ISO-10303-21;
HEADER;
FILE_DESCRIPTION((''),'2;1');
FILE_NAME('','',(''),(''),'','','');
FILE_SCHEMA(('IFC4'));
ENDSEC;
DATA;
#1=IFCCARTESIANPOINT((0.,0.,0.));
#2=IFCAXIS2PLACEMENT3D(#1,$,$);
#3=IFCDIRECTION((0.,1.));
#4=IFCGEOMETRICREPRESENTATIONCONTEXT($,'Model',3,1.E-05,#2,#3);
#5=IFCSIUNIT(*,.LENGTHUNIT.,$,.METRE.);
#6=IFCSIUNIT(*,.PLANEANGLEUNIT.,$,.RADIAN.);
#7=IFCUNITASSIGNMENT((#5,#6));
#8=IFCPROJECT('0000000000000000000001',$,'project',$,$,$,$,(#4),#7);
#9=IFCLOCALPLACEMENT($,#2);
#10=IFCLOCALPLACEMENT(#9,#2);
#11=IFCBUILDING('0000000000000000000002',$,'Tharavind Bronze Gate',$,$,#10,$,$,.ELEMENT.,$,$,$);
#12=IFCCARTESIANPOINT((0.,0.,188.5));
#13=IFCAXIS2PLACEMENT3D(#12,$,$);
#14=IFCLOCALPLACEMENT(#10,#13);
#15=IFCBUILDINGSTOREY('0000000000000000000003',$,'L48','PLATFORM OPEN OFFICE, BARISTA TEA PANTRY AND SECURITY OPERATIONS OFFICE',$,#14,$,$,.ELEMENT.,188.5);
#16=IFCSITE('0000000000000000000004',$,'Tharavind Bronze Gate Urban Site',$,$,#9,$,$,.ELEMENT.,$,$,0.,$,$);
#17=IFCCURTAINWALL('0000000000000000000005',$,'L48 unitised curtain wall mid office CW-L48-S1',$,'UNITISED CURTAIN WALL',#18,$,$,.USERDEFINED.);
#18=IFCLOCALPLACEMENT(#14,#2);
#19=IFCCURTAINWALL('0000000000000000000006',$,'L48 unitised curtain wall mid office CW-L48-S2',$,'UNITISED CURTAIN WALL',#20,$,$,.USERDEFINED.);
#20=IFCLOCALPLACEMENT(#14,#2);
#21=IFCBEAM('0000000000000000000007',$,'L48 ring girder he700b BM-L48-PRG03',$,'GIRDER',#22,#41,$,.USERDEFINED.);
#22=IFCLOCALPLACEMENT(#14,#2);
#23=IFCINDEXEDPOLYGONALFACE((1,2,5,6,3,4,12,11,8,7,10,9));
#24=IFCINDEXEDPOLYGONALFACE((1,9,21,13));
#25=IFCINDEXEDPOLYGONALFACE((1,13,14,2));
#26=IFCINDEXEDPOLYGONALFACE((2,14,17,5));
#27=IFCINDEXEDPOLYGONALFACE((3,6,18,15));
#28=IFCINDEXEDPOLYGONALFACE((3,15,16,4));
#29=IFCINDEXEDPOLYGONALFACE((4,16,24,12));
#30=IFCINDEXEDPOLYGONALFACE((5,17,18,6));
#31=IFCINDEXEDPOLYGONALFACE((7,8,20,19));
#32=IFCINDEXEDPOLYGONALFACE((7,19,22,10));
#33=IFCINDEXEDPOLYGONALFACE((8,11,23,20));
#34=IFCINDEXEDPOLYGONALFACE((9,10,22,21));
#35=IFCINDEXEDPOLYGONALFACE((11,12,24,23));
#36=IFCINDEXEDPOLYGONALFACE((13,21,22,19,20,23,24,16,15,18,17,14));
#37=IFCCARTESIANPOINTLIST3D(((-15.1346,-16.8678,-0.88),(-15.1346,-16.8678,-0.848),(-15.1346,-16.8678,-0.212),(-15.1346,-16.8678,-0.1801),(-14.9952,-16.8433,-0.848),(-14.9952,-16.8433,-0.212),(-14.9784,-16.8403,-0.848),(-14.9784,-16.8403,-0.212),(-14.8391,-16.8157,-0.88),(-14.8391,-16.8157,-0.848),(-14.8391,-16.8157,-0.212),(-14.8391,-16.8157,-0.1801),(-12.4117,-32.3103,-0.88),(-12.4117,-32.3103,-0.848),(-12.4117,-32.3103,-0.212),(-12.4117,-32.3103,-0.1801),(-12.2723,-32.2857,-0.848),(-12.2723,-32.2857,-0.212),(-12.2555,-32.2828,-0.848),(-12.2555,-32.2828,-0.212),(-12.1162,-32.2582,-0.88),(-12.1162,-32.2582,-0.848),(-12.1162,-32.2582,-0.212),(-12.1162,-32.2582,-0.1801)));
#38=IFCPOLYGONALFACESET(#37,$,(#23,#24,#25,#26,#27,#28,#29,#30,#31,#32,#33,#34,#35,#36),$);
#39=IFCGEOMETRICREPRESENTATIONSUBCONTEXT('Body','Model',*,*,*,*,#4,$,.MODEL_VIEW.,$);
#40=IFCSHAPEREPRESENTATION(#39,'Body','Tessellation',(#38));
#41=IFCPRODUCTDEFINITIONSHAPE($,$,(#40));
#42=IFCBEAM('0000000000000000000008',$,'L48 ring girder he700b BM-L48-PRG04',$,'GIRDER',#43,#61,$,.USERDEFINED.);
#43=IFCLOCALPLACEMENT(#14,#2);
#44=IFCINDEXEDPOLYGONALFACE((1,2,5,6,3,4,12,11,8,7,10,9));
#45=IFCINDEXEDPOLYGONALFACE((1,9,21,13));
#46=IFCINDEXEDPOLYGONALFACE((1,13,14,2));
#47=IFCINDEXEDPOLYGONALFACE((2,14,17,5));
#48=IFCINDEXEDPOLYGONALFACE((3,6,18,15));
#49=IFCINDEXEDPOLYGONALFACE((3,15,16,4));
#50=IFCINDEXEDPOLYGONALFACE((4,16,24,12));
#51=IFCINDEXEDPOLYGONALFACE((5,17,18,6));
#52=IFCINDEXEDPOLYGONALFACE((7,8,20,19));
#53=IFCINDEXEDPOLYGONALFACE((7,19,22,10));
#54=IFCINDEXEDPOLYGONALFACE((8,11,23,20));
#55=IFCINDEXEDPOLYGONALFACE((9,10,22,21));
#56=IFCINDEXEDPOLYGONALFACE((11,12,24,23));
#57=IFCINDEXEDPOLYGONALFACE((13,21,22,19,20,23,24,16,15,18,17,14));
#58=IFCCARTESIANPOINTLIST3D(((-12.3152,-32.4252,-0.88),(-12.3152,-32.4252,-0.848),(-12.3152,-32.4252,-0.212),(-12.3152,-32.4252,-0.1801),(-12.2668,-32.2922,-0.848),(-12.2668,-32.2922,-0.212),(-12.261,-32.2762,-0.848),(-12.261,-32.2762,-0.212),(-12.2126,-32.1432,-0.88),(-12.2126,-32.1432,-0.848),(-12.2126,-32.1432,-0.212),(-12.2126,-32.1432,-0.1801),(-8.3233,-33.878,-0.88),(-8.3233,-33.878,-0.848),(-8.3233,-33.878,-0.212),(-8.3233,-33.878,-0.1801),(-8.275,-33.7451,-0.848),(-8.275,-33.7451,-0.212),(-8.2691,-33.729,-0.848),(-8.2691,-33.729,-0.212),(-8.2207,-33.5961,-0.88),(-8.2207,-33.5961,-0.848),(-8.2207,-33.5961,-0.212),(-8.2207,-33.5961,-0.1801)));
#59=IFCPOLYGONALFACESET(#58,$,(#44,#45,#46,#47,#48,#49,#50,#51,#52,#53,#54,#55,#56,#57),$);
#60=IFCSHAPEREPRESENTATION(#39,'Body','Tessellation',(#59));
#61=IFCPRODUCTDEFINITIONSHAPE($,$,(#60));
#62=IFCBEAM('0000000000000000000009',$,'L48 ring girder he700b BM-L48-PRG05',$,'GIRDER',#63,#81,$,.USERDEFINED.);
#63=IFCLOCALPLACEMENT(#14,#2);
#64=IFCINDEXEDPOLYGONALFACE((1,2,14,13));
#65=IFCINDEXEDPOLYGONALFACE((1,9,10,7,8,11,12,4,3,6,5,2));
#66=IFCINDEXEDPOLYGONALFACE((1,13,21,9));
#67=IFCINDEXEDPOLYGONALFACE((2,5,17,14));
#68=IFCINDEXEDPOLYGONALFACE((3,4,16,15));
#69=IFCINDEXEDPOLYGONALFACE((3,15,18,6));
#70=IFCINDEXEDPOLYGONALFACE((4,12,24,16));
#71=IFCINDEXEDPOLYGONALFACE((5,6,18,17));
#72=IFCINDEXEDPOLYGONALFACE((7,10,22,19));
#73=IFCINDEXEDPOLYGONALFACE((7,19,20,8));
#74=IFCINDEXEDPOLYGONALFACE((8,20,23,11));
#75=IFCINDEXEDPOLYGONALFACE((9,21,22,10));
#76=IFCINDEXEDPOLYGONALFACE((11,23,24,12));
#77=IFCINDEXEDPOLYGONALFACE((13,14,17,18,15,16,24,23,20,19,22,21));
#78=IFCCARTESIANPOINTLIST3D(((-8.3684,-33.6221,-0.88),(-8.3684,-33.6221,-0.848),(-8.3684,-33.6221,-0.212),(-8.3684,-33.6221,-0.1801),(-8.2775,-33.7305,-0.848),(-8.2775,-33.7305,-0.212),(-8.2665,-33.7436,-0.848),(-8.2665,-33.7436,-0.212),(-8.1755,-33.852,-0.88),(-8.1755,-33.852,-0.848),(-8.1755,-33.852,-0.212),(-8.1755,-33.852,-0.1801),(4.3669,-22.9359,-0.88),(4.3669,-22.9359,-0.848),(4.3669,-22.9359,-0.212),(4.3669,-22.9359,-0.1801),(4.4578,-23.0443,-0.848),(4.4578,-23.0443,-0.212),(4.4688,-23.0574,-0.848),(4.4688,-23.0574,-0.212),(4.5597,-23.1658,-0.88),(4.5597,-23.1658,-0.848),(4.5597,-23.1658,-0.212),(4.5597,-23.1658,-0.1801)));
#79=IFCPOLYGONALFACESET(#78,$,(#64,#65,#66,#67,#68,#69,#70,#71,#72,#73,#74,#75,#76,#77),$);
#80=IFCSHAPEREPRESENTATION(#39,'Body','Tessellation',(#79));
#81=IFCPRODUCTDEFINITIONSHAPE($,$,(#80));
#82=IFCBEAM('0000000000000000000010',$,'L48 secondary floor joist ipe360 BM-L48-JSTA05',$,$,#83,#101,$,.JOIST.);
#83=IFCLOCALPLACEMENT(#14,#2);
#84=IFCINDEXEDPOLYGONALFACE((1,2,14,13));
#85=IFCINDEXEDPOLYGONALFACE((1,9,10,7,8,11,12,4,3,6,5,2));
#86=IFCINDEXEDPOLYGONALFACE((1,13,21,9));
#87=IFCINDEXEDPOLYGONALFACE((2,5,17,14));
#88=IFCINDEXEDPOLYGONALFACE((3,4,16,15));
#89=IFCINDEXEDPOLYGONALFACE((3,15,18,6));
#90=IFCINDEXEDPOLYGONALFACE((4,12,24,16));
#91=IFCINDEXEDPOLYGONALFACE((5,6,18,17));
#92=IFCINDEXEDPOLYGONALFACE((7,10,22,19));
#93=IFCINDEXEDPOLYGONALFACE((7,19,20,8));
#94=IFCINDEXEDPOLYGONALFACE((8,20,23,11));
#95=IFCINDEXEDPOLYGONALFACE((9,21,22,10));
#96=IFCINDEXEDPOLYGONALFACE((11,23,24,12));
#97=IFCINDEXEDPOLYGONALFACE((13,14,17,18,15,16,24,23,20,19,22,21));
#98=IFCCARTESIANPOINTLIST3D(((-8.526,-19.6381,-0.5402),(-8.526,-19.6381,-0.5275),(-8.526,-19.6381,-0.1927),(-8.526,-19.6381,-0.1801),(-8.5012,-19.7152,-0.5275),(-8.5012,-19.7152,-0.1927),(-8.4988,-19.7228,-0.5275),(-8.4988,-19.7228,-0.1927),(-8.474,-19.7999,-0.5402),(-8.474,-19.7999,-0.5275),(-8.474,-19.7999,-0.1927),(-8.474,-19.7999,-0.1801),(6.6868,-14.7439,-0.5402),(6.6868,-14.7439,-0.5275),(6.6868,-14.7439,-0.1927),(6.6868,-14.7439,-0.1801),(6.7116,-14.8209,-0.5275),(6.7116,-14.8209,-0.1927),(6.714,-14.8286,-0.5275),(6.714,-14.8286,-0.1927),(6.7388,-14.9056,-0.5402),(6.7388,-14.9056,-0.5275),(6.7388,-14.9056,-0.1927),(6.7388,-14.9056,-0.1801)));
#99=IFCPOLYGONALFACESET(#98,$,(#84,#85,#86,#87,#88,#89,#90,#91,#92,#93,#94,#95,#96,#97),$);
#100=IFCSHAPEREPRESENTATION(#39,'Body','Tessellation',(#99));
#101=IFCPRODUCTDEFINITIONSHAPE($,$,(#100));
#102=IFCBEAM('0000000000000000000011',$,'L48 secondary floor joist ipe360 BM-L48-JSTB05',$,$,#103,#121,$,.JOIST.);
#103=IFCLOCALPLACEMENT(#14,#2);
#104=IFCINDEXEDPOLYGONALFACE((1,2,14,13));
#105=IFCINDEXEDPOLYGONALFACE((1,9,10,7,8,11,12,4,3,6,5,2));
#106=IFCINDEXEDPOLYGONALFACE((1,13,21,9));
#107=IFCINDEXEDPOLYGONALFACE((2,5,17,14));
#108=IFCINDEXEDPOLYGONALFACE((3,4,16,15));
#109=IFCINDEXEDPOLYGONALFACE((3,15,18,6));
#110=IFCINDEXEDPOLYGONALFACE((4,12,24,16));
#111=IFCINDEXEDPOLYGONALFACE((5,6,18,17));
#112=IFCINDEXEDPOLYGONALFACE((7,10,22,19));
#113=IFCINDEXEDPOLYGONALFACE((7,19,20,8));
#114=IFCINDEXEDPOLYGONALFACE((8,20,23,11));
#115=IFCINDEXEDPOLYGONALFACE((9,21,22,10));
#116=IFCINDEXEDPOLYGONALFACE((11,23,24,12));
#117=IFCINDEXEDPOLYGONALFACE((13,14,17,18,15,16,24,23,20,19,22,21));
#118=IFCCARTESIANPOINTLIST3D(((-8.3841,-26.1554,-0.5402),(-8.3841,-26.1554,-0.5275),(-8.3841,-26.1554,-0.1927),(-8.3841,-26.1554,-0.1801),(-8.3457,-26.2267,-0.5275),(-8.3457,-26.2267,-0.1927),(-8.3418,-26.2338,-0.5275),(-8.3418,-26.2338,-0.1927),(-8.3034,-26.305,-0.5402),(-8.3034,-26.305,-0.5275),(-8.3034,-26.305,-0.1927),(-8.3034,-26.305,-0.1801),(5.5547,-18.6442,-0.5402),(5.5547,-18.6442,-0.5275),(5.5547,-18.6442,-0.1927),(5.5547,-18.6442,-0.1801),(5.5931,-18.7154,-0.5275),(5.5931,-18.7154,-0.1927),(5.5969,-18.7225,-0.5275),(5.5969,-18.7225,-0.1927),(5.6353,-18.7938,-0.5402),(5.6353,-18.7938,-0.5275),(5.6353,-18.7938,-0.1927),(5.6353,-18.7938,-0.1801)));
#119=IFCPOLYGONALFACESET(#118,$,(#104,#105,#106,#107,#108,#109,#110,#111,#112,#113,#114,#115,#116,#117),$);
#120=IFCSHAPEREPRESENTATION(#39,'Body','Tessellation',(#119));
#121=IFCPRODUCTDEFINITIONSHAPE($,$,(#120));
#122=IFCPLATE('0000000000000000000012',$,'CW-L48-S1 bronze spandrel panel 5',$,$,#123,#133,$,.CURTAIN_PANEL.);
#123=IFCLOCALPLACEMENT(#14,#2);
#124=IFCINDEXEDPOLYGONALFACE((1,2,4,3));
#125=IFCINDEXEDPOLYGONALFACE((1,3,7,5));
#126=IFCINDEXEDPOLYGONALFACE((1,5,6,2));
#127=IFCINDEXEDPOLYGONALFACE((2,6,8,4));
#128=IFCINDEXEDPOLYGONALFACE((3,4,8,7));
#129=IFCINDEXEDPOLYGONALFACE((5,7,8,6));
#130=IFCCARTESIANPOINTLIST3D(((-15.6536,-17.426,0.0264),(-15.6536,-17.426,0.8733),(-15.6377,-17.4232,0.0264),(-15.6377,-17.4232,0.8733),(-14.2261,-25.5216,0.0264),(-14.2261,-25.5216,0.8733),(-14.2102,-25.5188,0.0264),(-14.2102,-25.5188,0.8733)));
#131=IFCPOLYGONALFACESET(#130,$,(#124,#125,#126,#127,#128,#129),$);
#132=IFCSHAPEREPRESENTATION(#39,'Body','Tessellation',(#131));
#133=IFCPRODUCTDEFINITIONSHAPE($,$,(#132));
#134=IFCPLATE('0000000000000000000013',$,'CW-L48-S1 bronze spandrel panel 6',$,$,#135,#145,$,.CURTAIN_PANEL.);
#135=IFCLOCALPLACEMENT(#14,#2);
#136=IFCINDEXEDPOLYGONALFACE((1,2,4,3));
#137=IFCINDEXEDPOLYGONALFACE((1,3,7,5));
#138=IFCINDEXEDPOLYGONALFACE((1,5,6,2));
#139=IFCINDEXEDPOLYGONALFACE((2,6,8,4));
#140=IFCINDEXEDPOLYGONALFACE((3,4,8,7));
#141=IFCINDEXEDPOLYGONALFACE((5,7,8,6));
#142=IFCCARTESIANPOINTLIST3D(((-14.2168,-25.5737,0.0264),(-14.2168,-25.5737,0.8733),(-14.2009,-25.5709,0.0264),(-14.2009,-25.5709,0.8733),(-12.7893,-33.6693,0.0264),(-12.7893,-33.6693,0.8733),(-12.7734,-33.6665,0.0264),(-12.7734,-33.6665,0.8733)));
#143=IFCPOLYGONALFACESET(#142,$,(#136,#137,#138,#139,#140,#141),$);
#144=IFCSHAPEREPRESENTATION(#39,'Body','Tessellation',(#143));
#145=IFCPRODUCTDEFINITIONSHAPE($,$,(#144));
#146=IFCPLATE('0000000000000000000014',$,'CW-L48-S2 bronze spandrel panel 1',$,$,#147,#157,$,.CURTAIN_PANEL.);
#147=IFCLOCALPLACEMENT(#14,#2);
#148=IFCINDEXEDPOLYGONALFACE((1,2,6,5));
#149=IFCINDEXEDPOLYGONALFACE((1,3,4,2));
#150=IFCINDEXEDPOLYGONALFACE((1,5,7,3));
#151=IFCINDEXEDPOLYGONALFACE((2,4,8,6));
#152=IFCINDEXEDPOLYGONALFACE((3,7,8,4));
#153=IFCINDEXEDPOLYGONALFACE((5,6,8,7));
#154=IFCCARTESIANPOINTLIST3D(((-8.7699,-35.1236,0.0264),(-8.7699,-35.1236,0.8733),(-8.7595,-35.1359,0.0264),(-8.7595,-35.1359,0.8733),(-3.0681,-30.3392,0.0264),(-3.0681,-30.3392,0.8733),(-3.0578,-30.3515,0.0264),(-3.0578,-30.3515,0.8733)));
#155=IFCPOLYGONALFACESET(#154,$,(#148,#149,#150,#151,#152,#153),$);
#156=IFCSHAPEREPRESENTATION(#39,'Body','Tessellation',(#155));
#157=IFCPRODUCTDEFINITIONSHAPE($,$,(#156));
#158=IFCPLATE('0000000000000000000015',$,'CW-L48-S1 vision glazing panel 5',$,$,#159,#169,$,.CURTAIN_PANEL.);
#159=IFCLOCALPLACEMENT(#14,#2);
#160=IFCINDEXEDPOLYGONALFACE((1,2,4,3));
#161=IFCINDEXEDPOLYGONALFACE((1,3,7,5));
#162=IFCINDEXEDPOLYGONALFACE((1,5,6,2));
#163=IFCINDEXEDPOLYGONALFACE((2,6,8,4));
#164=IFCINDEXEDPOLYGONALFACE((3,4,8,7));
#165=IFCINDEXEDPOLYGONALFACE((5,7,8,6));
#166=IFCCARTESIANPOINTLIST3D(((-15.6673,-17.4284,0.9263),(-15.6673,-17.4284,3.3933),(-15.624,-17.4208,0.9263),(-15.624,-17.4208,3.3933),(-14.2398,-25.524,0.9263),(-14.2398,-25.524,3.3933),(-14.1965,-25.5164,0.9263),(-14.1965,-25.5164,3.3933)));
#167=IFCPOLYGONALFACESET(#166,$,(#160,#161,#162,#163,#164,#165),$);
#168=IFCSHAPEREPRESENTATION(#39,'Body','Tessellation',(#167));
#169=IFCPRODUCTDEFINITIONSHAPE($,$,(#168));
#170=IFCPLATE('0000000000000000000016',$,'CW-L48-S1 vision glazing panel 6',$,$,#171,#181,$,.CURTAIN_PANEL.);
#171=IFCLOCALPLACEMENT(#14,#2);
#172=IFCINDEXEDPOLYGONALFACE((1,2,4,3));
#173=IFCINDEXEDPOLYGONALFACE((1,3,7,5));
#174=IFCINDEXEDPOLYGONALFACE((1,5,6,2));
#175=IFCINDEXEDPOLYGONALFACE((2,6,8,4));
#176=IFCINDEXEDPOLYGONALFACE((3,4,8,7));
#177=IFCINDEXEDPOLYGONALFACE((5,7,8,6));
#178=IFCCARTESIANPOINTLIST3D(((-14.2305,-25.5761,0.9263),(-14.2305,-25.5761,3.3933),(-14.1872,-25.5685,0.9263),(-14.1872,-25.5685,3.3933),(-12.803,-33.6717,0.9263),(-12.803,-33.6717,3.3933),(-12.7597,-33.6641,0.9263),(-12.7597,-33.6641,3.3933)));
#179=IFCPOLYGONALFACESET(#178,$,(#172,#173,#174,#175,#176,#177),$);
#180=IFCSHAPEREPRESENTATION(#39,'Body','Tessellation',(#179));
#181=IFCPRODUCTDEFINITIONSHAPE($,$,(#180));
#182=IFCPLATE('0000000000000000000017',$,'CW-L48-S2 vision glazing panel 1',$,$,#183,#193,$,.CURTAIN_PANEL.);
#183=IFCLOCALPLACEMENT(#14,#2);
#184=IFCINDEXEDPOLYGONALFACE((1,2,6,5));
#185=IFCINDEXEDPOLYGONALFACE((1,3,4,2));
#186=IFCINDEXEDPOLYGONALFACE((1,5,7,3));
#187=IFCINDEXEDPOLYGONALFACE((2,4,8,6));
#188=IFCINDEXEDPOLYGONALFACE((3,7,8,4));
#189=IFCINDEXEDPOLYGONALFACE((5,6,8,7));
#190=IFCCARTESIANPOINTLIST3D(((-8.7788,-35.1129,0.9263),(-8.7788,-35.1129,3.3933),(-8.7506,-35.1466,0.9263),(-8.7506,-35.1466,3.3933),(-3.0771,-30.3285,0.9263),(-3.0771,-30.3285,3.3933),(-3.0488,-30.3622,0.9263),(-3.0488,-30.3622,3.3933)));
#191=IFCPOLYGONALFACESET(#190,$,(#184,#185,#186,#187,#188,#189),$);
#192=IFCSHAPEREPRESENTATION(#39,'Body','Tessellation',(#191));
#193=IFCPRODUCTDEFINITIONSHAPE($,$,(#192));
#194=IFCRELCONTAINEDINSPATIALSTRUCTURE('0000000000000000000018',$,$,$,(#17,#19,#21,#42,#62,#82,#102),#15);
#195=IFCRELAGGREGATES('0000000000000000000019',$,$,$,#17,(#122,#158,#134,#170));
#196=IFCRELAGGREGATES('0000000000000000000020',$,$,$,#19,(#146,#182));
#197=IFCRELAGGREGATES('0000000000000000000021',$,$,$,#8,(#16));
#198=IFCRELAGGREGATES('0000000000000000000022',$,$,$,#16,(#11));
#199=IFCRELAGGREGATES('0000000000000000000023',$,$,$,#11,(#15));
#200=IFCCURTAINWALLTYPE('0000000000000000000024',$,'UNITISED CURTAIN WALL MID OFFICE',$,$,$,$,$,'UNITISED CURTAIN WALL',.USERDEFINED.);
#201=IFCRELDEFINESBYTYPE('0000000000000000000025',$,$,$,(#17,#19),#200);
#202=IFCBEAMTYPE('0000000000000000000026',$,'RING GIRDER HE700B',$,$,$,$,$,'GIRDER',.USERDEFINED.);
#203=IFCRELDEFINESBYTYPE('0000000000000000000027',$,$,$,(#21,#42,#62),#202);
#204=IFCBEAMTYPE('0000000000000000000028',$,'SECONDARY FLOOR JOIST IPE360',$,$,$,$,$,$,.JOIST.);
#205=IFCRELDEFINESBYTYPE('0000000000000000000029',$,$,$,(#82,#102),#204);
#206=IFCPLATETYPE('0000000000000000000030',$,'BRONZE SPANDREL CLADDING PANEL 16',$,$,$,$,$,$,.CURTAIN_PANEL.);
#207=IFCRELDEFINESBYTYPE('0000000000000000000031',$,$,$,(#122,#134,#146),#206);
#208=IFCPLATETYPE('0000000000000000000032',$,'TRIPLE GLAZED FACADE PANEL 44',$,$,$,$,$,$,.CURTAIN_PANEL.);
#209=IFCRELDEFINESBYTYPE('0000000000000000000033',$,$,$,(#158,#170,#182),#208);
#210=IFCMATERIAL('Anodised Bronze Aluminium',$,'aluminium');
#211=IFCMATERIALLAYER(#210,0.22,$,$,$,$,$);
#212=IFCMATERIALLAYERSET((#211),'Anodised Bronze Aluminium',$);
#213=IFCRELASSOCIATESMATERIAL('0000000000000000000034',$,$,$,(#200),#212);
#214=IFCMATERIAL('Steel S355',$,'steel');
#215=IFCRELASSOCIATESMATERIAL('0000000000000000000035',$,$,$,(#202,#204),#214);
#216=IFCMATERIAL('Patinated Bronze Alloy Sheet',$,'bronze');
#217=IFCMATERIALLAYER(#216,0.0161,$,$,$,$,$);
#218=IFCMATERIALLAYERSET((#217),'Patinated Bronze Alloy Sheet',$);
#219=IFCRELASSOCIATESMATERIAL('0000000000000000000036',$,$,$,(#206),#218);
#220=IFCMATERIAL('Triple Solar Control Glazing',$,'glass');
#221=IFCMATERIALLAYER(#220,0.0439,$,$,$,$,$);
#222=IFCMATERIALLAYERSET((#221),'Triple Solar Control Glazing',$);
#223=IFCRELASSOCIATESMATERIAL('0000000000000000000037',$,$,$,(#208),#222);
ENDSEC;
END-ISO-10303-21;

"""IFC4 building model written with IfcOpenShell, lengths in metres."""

from ifc_helpers import new_model, si_unit, direction, frame, origin, origin_2d, place, context, subcontext, project, spatial, rectangle, i_section, extrude, material, layer, layer_set, material_profile, profile_set, type_object, element, aggregate, save


model = new_model("IFC4")

# Units and contexts
model_context = context("Model", 3, precision=1e-05, world=origin(), true_north=direction((0.0, 1.0)))
body_context = subcontext(model_context, "Body", "Model", "MODEL_VIEW")
ifc_project = project(units=[si_unit("LENGTHUNIT", "METRE"), si_unit("PLANEANGLEUNIT", "RADIAN")], contexts=[model_context])

# Site, building, storey
site_placement = place(None, origin())
site = spatial("IfcSite", under=ifc_project, at=site_placement, Name="Tharavind Bronze Gate Urban Site", CompositionType="ELEMENT", RefElevation=0.0)
building_placement = place(site_placement, origin())
building = spatial("IfcBuilding", under=site, at=building_placement, Name="Tharavind Bronze Gate", CompositionType="ELEMENT")
storey_placement = place(building_placement, frame((0.0, 0.0, 188.5)))
storey = spatial("IfcBuildingStorey", under=building, at=storey_placement, Name="L48", Description="PLATFORM OPEN OFFICE, BARISTA TEA PANTRY AND SECURITY OPERATIONS OFFICE", CompositionType="ELEMENT", Elevation=188.5)

# Curtain walls
ifc_material_1 = material(Name="Anodised Bronze Aluminium", Category="aluminium")
ifc_layer_1 = layer(ifc_material_1, 0.22)
ifc_layer_set_1 = layer_set([ifc_layer_1], Name="Anodised Bronze Aluminium")
curtain_wall_type = type_object("IfcCurtainWallType", Name="UNITISED CURTAIN WALL MID OFFICE", ElementType="UNITISED CURTAIN WALL", PredefinedType="USERDEFINED", material=ifc_layer_set_1)
curtain_wall_1_placement = place(storey_placement, origin())
curtain_wall_1 = element("IfcCurtainWall", 1, at=curtain_wall_1_placement, inside=storey, type_object=curtain_wall_type, Name="L48 unitised curtain wall mid office CW-L48-S1", ObjectType="UNITISED CURTAIN WALL", PredefinedType="USERDEFINED")
curtain_wall_2_placement = place(storey_placement, origin())
curtain_wall_2 = element("IfcCurtainWall", 2, at=curtain_wall_2_placement, inside=storey, type_object=curtain_wall_type, Name="L48 unitised curtain wall mid office CW-L48-S2", ObjectType="UNITISED CURTAIN WALL", PredefinedType="USERDEFINED")

# Beams
ifc_material_2 = material(Name="Steel S355", Category="steel")
ifc_material_profile_1 = material_profile(ifc_material_2, i_section(OverallWidth=0.3, OverallDepth=0.7, WebThickness=0.0171, FlangeThickness=0.032, at=origin_2d()), Name="HE700B")
ifc_profile_set_1 = profile_set([ifc_material_profile_1], Name="Steel S355")
beam_type_1 = type_object("IfcBeamType", Name="RING GIRDER HE700B", ElementType="GIRDER", PredefinedType="USERDEFINED", material=ifc_profile_set_1)
beam_1_placement = place(storey_placement, frame((-14.9868, -16.8418, -0.53), z_axis=(0.173648, -0.984808, 0.0), x_axis=(0.984808, 0.173648, 0.0)))
element("IfcBeam", 3, at=beam_1_placement, inside=storey, type_object=beam_type_1, Name="L48 ring girder he700b BM-L48-PRG03", ObjectType="GIRDER", PredefinedType="USERDEFINED", context=body_context, shape_type="SweptSolid", body=[
    extrude(i_section(OverallWidth=0.3, OverallDepth=0.7, WebThickness=0.0171, FlangeThickness=0.032, at=origin_2d()), origin(), (0.0, 0.0, 1.0), 15.6807),
])
beam_2_placement = place(storey_placement, frame((-12.2639, -32.2842, -0.53), z_axis=(0.939698, -0.342006, 0.0), x_axis=(0.342006, 0.939698, 0.0)))
element("IfcBeam", 4, at=beam_2_placement, inside=storey, type_object=beam_type_1, Name="L48 ring girder he700b BM-L48-PRG04", ObjectType="GIRDER", PredefinedType="USERDEFINED", context=body_context, shape_type="SweptSolid", body=[
    extrude(i_section(OverallWidth=0.3, OverallDepth=0.7, WebThickness=0.0171, FlangeThickness=0.032, at=origin_2d()), origin(), (0.0, 0.0, 1.0), 4.248),
])
beam_3_placement = place(storey_placement, frame((-8.272, -33.7371, -0.53), z_axis=(0.766043, 0.642789, 0.0), x_axis=(-0.642789, 0.766043, 0.0)))
element("IfcBeam", 5, at=beam_3_placement, inside=storey, type_object=beam_type_1, Name="L48 ring girder he700b BM-L48-PRG05", ObjectType="GIRDER", PredefinedType="USERDEFINED", context=body_context, shape_type="SweptSolid", body=[
    extrude(i_section(OverallWidth=0.3, OverallDepth=0.7, WebThickness=0.0171, FlangeThickness=0.032, at=origin_2d()), origin(), (0.0, 0.0, 1.0), 16.6248),
])
ifc_material_profile_2 = material_profile(ifc_material_2, i_section(OverallWidth=0.1699, OverallDepth=0.3601, WebThickness=0.0081, FlangeThickness=0.0127, at=origin_2d()), Name="IPE360")
ifc_profile_set_2 = profile_set([ifc_material_profile_2], Name="Steel S355")
beam_type_2 = type_object("IfcBeamType", Name="SECONDARY FLOOR JOIST IPE360", PredefinedType="JOIST", material=ifc_profile_set_2)
beam_4_placement = place(storey_placement, frame((-8.5, -19.719, -0.3601), z_axis=(0.951948, 0.30626, 0.0), x_axis=(-0.30626, 0.951948, 0.0)))
element("IfcBeam", 6, at=beam_4_placement, inside=storey, type_object=beam_type_2, Name="L48 secondary floor joist ipe360 BM-L48-JSTA05", PredefinedType="JOIST", context=body_context, shape_type="SweptSolid", body=[
    extrude(i_section(OverallWidth=0.1699, OverallDepth=0.3601, WebThickness=0.0081, FlangeThickness=0.0127, at=origin_2d()), origin(), (0.0, 0.0, 1.0), 15.9807),
])
beam_5_placement = place(storey_placement, frame((-8.3438, -26.2302, -0.3601), z_axis=(0.880319, 0.474382, 0.0), x_axis=(-0.474382, 0.880319, 0.0)))
element("IfcBeam", 7, at=beam_5_placement, inside=storey, type_object=beam_type_2, Name="L48 secondary floor joist ipe360 BM-L48-JSTB05", PredefinedType="JOIST", context=body_context, shape_type="SweptSolid", body=[
    extrude(i_section(OverallWidth=0.1699, OverallDepth=0.3601, WebThickness=0.0081, FlangeThickness=0.0127, at=origin_2d()), origin(), (0.0, 0.0, 1.0), 15.8337),
])

# Plates
ifc_material_3 = material(Name="Patinated Bronze Alloy Sheet", Category="bronze")
ifc_layer_2 = layer(ifc_material_3, 0.0161)
ifc_layer_set_2 = layer_set([ifc_layer_2], Name="Patinated Bronze Alloy Sheet")
plate_type_1 = type_object("IfcPlateType", Name="BRONZE SPANDREL CLADDING PANEL 16", PredefinedType="CURTAIN_PANEL", material=ifc_layer_set_2)
plate_1_placement = place(storey_placement, frame((-14.9319, -21.4724, 0.0264), z_axis=(0.0, 0.0, 1.0), x_axis=(0.173648, -0.984808, 0.0)))
plate_1 = element("IfcPlate", 8, at=plate_1_placement, type_object=plate_type_1, Name="CW-L48-S1 bronze spandrel panel 5", PredefinedType="CURTAIN_PANEL", context=body_context, shape_type="SweptSolid", body=[
    extrude(rectangle(XDim=8.2205, YDim=0.0161, at=origin_2d()), origin(), (0.0, 0.0, 1.0), 0.8469),
])
plate_2_placement = place(storey_placement, frame((-13.4951, -29.6201, 0.0264), z_axis=(0.0, 0.0, 1.0), x_axis=(0.173648, -0.984808, 0.0)))
plate_2 = element("IfcPlate", 9, at=plate_2_placement, type_object=plate_type_1, Name="CW-L48-S1 bronze spandrel panel 6", PredefinedType="CURTAIN_PANEL", context=body_context, shape_type="SweptSolid", body=[
    extrude(rectangle(XDim=8.2205, YDim=0.0161, at=origin_2d()), origin(), (0.0, 0.0, 1.0), 0.8469),
])
plate_3_placement = place(storey_placement, frame((-5.9138, -32.7375, 0.0264), z_axis=(0.0, 0.0, 1.0), x_axis=(0.766043, 0.642789, 0.0)))
plate_3 = element("IfcPlate", 10, at=plate_3_placement, type_object=plate_type_1, Name="CW-L48-S2 bronze spandrel panel 1", PredefinedType="CURTAIN_PANEL", context=body_context, shape_type="SweptSolid", body=[
    extrude(rectangle(XDim=7.4431, YDim=0.0161, at=origin_2d()), origin(), (0.0, 0.0, 1.0), 0.8469),
])
ifc_material_4 = material(Name="Triple Solar Control Glazing", Category="glass")
ifc_layer_3 = layer(ifc_material_4, 0.0439)
ifc_layer_set_3 = layer_set([ifc_layer_3], Name="Triple Solar Control Glazing")
plate_type_2 = type_object("IfcPlateType", Name="TRIPLE GLAZED FACADE PANEL 44", PredefinedType="CURTAIN_PANEL", material=ifc_layer_set_3)
plate_4_placement = place(storey_placement, frame((-14.9319, -21.4724, 0.9263), z_axis=(0.0, 0.0, 1.0), x_axis=(0.173648, -0.984808, 0.0)))
plate_4 = element("IfcPlate", 11, at=plate_4_placement, type_object=plate_type_2, Name="CW-L48-S1 vision glazing panel 5", PredefinedType="CURTAIN_PANEL", context=body_context, shape_type="SweptSolid", body=[
    extrude(rectangle(XDim=8.2205, YDim=0.0439, at=origin_2d()), origin(), (0.0, 0.0, 1.0), 2.467),
])
plate_5_placement = place(storey_placement, frame((-13.4951, -29.6201, 0.9263), z_axis=(0.0, 0.0, 1.0), x_axis=(0.173648, -0.984808, 0.0)))
plate_5 = element("IfcPlate", 12, at=plate_5_placement, type_object=plate_type_2, Name="CW-L48-S1 vision glazing panel 6", PredefinedType="CURTAIN_PANEL", context=body_context, shape_type="SweptSolid", body=[
    extrude(rectangle(XDim=8.2205, YDim=0.0439, at=origin_2d()), origin(), (0.0, 0.0, 1.0), 2.467),
])
aggregate(curtain_wall_1, [plate_1, plate_4, plate_2, plate_5])
plate_6_placement = place(storey_placement, frame((-5.9138, -32.7375, 0.9263), z_axis=(0.0, 0.0, 1.0), x_axis=(0.766043, 0.642789, 0.0)))
plate_6 = element("IfcPlate", 13, at=plate_6_placement, type_object=plate_type_2, Name="CW-L48-S2 vision glazing panel 1", PredefinedType="CURTAIN_PANEL", context=body_context, shape_type="SweptSolid", body=[
    extrude(rectangle(XDim=7.4431, YDim=0.0439, at=origin_2d()), origin(), (0.0, 0.0, 1.0), 2.467),
])
aggregate(curtain_wall_2, [plate_3, plate_6])

save(model, "model.ifc")
